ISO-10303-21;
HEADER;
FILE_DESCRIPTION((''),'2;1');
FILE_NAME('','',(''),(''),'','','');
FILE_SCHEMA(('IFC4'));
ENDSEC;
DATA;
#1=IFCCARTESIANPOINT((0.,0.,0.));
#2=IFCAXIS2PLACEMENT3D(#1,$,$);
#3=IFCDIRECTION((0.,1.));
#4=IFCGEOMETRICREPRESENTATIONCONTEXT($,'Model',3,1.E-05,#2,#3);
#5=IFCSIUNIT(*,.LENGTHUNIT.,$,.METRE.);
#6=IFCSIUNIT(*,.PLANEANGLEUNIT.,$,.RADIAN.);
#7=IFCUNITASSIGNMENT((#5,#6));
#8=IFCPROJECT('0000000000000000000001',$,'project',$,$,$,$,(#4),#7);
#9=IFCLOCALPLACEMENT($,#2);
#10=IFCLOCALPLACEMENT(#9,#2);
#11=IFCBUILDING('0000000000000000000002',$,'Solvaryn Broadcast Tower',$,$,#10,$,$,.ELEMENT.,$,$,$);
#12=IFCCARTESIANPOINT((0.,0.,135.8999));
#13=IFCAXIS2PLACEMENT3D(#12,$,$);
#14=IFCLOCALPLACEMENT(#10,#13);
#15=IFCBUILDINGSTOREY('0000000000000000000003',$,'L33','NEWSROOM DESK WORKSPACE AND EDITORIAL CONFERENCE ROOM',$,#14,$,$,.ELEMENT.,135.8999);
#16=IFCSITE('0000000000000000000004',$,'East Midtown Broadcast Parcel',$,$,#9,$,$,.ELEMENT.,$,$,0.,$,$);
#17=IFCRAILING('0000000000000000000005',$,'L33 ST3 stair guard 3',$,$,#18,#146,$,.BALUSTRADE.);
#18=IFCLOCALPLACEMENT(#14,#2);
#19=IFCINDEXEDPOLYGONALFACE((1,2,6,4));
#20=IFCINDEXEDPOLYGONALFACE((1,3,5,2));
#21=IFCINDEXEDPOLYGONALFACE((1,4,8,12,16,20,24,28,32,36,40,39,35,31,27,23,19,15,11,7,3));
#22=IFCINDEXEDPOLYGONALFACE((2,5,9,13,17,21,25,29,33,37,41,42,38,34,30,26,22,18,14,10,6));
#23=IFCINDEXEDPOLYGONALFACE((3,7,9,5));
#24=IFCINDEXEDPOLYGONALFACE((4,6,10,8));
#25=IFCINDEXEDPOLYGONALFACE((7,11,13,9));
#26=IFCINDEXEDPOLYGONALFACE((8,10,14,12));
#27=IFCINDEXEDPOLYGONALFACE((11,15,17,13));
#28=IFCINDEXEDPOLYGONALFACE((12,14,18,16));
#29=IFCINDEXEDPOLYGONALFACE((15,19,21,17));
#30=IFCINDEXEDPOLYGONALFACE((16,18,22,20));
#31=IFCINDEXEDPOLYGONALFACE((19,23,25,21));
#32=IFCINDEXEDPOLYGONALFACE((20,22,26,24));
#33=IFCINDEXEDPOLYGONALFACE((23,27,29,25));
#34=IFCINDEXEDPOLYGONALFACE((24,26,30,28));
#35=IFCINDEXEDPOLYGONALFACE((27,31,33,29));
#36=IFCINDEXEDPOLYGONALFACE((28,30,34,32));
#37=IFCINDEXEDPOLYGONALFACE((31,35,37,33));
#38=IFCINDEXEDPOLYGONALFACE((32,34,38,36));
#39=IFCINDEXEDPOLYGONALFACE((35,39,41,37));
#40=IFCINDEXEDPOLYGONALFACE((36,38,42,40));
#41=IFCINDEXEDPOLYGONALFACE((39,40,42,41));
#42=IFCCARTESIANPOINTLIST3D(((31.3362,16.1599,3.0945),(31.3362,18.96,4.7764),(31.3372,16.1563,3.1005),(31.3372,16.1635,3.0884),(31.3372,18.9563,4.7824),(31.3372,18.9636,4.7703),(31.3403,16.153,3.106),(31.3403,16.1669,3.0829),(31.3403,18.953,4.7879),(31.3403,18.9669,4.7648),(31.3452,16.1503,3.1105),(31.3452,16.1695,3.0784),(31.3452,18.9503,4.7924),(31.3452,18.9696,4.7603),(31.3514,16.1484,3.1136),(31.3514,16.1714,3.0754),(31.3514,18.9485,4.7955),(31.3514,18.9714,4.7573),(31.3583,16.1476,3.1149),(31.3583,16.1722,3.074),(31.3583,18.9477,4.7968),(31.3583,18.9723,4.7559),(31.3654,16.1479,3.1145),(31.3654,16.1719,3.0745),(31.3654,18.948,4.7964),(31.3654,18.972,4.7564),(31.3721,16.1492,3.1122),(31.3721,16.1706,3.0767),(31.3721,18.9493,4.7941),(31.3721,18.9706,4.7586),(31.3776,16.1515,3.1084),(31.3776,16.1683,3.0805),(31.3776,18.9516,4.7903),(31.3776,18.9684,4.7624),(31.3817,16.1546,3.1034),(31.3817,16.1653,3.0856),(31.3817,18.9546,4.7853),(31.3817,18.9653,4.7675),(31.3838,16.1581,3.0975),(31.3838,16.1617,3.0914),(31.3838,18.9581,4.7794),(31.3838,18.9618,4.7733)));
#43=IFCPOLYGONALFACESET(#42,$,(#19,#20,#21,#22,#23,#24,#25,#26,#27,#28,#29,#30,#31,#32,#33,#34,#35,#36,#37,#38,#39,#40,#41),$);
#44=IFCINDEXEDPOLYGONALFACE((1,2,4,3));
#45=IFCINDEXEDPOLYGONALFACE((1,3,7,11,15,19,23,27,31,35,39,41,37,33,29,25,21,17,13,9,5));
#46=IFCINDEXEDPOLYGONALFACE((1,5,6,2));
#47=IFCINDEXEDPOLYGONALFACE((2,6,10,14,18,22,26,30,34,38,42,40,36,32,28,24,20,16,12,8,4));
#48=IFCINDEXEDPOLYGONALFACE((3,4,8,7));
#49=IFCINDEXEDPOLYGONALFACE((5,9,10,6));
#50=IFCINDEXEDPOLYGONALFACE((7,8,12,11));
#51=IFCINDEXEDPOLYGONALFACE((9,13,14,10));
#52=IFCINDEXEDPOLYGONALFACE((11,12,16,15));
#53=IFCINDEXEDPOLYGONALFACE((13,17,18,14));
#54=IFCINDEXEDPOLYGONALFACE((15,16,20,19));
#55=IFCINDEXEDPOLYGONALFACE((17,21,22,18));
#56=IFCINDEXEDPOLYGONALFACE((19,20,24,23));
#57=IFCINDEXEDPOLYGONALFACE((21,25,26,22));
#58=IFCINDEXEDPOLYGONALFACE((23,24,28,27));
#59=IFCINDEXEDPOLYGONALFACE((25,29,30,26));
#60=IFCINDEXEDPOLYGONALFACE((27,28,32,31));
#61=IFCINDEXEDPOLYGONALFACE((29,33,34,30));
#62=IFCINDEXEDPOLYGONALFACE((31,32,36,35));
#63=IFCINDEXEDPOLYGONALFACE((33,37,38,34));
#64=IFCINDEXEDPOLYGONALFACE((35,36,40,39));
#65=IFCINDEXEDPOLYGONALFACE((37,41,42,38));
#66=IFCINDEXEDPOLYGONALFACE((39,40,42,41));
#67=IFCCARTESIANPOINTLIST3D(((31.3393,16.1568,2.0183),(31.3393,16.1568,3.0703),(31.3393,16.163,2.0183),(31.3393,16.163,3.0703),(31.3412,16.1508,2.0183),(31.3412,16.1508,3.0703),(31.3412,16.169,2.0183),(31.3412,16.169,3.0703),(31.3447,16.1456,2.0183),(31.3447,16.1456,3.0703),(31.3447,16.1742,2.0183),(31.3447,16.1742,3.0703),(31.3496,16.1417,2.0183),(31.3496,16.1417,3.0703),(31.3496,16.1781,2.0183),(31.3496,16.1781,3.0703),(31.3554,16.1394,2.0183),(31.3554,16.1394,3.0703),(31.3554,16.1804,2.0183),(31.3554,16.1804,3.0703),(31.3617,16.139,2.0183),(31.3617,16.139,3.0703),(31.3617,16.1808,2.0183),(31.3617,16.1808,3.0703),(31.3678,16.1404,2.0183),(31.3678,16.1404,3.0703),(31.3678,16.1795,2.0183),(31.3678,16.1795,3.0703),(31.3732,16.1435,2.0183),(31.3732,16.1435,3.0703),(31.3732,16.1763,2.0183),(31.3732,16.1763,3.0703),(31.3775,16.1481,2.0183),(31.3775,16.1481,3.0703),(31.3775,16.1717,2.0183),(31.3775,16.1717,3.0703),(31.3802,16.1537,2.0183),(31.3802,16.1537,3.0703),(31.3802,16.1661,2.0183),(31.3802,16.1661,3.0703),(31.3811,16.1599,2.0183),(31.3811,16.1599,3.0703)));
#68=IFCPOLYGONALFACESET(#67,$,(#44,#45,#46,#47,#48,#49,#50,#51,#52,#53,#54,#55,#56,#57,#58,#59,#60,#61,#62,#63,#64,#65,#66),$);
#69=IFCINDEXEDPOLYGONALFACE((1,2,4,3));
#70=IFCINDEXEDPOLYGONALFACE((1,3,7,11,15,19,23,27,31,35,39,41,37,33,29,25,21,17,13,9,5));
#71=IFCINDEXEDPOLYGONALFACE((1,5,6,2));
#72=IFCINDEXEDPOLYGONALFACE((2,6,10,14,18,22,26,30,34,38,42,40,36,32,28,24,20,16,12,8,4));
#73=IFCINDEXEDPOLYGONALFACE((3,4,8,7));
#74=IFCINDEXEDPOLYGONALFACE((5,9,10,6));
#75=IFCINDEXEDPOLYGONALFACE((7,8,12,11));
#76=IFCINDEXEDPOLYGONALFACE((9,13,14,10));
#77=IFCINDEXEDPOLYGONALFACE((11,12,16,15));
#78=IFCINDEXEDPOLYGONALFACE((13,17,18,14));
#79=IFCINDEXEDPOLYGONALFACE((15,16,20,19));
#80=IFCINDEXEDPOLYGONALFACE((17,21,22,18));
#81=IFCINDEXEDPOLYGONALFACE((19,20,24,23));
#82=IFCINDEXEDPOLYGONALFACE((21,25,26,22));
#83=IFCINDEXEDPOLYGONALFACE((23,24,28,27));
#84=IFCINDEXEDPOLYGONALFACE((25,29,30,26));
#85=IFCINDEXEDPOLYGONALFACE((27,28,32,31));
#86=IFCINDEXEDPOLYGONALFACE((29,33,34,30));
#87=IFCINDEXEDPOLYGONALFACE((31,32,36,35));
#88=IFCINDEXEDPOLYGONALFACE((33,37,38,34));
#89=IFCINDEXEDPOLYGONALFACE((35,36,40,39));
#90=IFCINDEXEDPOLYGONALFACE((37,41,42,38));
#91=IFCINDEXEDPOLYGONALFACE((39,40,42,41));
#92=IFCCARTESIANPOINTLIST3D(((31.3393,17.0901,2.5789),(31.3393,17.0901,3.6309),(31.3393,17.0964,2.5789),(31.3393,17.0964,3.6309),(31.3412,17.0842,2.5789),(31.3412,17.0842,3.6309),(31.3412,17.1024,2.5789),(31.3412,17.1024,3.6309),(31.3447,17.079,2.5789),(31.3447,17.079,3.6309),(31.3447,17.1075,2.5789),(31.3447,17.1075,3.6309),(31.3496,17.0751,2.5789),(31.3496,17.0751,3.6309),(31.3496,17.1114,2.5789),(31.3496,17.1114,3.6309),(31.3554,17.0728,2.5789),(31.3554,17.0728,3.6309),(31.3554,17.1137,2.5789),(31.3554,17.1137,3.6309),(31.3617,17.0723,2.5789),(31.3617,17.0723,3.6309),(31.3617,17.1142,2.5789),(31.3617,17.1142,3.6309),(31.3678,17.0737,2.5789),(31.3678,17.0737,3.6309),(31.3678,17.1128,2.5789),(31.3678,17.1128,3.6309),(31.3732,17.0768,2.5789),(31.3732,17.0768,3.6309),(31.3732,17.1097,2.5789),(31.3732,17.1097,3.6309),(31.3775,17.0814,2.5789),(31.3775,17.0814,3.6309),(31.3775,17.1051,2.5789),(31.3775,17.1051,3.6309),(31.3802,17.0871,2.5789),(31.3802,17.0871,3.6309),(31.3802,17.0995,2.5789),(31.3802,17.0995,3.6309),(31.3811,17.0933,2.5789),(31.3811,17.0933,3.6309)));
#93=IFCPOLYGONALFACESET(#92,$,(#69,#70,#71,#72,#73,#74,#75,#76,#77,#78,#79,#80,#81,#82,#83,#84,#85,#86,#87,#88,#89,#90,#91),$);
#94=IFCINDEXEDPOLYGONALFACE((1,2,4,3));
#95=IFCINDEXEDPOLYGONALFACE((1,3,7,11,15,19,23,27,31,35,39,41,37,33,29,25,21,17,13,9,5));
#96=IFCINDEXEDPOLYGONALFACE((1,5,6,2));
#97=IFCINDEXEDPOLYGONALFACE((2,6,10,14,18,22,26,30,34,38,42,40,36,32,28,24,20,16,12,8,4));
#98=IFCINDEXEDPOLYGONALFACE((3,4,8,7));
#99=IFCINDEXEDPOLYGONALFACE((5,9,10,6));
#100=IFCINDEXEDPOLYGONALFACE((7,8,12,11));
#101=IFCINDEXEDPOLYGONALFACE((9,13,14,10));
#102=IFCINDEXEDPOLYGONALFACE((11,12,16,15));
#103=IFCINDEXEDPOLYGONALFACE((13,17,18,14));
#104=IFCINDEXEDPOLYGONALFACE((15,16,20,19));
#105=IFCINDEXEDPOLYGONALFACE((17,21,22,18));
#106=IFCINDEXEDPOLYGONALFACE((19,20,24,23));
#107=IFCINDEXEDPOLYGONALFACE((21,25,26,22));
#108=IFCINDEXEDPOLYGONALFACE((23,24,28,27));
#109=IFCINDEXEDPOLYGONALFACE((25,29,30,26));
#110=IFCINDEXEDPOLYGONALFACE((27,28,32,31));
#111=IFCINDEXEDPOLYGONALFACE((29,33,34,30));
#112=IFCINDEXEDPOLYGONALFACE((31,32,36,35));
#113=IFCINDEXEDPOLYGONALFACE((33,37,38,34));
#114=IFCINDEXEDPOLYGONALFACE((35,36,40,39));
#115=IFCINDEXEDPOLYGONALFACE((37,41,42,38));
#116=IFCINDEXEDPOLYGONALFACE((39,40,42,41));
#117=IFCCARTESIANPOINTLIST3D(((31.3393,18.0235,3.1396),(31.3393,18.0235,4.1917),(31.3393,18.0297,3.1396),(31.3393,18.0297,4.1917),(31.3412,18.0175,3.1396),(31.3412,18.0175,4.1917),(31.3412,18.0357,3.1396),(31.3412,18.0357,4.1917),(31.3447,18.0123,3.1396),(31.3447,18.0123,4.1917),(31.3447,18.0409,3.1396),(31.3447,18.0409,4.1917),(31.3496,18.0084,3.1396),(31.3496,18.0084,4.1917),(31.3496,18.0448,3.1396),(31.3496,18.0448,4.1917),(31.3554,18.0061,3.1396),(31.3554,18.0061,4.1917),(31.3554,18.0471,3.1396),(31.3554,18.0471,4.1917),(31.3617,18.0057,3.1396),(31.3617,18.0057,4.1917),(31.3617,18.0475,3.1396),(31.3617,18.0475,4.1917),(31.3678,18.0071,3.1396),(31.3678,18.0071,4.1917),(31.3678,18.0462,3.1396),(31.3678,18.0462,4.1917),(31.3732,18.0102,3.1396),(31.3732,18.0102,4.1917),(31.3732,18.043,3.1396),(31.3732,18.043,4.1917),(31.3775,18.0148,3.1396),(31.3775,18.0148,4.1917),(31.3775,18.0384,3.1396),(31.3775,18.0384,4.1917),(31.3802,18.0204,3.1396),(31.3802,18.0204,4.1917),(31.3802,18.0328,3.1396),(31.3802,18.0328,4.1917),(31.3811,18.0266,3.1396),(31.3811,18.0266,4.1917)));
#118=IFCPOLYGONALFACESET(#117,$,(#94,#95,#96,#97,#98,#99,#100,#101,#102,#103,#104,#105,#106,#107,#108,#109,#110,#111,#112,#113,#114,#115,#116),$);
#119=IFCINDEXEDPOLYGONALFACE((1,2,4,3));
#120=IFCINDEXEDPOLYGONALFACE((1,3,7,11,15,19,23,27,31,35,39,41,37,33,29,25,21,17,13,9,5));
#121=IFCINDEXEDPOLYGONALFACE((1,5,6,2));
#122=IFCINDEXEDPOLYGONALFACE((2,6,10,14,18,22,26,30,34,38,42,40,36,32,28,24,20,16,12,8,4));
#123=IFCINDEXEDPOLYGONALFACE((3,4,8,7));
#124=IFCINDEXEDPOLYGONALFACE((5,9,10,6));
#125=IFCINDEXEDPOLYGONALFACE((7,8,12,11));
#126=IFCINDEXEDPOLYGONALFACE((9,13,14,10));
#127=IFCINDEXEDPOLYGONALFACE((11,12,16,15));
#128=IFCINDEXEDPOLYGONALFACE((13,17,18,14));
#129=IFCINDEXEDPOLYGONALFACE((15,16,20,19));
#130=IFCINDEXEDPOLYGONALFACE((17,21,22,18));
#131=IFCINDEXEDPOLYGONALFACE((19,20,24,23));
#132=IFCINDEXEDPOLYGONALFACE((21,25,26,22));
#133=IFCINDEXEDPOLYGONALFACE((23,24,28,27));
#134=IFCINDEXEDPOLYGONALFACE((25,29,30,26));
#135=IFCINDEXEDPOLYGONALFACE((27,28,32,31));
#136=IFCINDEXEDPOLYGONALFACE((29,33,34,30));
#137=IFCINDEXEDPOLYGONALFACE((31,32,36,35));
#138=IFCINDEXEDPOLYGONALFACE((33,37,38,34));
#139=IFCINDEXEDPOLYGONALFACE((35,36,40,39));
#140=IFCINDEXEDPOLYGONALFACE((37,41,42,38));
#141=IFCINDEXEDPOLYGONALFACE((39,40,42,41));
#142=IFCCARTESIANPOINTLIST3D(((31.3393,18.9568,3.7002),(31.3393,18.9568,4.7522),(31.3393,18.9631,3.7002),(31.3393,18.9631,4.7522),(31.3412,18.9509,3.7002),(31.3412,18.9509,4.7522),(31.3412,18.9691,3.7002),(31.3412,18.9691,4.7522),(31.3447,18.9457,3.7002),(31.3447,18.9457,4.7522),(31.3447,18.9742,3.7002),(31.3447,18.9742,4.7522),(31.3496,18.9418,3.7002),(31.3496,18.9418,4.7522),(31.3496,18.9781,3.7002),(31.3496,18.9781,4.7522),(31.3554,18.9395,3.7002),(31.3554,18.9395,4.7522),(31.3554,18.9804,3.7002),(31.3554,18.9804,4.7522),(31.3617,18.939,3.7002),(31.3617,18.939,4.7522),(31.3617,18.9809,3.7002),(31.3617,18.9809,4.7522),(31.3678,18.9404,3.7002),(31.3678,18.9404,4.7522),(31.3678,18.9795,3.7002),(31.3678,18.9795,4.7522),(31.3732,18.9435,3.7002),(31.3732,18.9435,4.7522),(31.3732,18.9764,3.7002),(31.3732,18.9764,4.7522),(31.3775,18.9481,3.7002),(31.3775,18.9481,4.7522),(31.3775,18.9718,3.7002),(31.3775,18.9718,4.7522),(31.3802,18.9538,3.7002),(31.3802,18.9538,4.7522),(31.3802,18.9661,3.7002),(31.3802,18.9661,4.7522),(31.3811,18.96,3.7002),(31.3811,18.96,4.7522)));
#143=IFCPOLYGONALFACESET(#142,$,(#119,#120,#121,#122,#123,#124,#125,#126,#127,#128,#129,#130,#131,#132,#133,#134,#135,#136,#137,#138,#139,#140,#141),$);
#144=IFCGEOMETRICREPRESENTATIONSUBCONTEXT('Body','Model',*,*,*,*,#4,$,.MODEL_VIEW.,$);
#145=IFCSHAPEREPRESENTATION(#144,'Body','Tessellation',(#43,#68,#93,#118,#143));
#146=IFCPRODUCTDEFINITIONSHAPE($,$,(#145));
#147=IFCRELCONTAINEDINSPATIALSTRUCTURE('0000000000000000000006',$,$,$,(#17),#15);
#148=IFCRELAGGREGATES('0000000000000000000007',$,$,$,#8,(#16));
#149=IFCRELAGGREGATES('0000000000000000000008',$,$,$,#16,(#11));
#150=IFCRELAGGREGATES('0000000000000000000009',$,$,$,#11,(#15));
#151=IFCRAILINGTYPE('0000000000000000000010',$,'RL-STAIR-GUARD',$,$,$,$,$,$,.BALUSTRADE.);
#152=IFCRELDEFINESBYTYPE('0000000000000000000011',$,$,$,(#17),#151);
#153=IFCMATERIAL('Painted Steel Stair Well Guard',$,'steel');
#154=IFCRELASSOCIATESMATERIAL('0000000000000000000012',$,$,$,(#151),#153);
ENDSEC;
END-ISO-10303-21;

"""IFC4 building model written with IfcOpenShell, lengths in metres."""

from ifc_helpers import new_model, si_unit, direction, frame, origin, origin_2d, place, context, subcontext, project, spatial, circle, extrude, material, type_object, element, save


model = new_model("IFC4")

# Units and contexts
model_context = context("Model", 3, precision=1e-05, world=origin(), true_north=direction((0.0, 1.0)))
body_context = subcontext(model_context, "Body", "Model", "MODEL_VIEW")
ifc_project = project(units=[si_unit("LENGTHUNIT", "METRE"), si_unit("PLANEANGLEUNIT", "RADIAN")], contexts=[model_context])

# Site, building, storey
site_placement = place(None, origin())
site = spatial("IfcSite", under=ifc_project, at=site_placement, Name="East Midtown Broadcast Parcel", CompositionType="ELEMENT", RefElevation=0.0)
building_placement = place(site_placement, origin())
building = spatial("IfcBuilding", under=site, at=building_placement, Name="Solvaryn Broadcast Tower", CompositionType="ELEMENT")
storey_placement = place(building_placement, frame((0.0, 0.0, 135.8999)))
storey = spatial("IfcBuildingStorey", under=building, at=storey_placement, Name="L33", Description="NEWSROOM DESK WORKSPACE AND EDITORIAL CONFERENCE ROOM", CompositionType="ELEMENT", Elevation=135.8999)

# Railing
ifc_material_1 = material(Name="Painted Steel Stair Well Guard", Category="steel")
railing_type_1 = type_object("IfcRailingType", Name="RL-STAIR-GUARD", PredefinedType="BALUSTRADE", material=ifc_material_1)
railing_1_placement = place(storey_placement, frame((31.3601, 16.1599, 2.0183)))
element("IfcRailing", 1, at=railing_1_placement, inside=storey, type_object=railing_type_1, Name="L33 ST3 stair guard 3", PredefinedType="BALUSTRADE", context=body_context, shape_type="SweptSolid", body=[
    extrude(circle(Radius=0.0239, at=origin_2d()), frame((0.0, 0.0, 1.0762), z_axis=(0.0, 0.857242, 0.514913), x_axis=(-1.0, 0.0, 0.0)), (0.0, 0.0, 1.0), 3.2664),
    extrude(circle(Radius=0.021, at=origin_2d()), origin(), (0.0, 0.0, 1.0), 1.052),
    extrude(circle(Radius=0.021, at=origin_2d()), frame((0.0, 0.9333, 0.5605)), (0.0, 0.0, 1.0), 1.052),
    extrude(circle(Radius=0.021, at=origin_2d()), frame((0.0, 1.8667, 1.1213)), (0.0, 0.0, 1.0), 1.052),
    extrude(circle(Radius=0.021, at=origin_2d()), frame((0.0, 2.8, 1.6819)), (0.0, 0.0, 1.0), 1.052),
])

save(model, "model.ifc")
